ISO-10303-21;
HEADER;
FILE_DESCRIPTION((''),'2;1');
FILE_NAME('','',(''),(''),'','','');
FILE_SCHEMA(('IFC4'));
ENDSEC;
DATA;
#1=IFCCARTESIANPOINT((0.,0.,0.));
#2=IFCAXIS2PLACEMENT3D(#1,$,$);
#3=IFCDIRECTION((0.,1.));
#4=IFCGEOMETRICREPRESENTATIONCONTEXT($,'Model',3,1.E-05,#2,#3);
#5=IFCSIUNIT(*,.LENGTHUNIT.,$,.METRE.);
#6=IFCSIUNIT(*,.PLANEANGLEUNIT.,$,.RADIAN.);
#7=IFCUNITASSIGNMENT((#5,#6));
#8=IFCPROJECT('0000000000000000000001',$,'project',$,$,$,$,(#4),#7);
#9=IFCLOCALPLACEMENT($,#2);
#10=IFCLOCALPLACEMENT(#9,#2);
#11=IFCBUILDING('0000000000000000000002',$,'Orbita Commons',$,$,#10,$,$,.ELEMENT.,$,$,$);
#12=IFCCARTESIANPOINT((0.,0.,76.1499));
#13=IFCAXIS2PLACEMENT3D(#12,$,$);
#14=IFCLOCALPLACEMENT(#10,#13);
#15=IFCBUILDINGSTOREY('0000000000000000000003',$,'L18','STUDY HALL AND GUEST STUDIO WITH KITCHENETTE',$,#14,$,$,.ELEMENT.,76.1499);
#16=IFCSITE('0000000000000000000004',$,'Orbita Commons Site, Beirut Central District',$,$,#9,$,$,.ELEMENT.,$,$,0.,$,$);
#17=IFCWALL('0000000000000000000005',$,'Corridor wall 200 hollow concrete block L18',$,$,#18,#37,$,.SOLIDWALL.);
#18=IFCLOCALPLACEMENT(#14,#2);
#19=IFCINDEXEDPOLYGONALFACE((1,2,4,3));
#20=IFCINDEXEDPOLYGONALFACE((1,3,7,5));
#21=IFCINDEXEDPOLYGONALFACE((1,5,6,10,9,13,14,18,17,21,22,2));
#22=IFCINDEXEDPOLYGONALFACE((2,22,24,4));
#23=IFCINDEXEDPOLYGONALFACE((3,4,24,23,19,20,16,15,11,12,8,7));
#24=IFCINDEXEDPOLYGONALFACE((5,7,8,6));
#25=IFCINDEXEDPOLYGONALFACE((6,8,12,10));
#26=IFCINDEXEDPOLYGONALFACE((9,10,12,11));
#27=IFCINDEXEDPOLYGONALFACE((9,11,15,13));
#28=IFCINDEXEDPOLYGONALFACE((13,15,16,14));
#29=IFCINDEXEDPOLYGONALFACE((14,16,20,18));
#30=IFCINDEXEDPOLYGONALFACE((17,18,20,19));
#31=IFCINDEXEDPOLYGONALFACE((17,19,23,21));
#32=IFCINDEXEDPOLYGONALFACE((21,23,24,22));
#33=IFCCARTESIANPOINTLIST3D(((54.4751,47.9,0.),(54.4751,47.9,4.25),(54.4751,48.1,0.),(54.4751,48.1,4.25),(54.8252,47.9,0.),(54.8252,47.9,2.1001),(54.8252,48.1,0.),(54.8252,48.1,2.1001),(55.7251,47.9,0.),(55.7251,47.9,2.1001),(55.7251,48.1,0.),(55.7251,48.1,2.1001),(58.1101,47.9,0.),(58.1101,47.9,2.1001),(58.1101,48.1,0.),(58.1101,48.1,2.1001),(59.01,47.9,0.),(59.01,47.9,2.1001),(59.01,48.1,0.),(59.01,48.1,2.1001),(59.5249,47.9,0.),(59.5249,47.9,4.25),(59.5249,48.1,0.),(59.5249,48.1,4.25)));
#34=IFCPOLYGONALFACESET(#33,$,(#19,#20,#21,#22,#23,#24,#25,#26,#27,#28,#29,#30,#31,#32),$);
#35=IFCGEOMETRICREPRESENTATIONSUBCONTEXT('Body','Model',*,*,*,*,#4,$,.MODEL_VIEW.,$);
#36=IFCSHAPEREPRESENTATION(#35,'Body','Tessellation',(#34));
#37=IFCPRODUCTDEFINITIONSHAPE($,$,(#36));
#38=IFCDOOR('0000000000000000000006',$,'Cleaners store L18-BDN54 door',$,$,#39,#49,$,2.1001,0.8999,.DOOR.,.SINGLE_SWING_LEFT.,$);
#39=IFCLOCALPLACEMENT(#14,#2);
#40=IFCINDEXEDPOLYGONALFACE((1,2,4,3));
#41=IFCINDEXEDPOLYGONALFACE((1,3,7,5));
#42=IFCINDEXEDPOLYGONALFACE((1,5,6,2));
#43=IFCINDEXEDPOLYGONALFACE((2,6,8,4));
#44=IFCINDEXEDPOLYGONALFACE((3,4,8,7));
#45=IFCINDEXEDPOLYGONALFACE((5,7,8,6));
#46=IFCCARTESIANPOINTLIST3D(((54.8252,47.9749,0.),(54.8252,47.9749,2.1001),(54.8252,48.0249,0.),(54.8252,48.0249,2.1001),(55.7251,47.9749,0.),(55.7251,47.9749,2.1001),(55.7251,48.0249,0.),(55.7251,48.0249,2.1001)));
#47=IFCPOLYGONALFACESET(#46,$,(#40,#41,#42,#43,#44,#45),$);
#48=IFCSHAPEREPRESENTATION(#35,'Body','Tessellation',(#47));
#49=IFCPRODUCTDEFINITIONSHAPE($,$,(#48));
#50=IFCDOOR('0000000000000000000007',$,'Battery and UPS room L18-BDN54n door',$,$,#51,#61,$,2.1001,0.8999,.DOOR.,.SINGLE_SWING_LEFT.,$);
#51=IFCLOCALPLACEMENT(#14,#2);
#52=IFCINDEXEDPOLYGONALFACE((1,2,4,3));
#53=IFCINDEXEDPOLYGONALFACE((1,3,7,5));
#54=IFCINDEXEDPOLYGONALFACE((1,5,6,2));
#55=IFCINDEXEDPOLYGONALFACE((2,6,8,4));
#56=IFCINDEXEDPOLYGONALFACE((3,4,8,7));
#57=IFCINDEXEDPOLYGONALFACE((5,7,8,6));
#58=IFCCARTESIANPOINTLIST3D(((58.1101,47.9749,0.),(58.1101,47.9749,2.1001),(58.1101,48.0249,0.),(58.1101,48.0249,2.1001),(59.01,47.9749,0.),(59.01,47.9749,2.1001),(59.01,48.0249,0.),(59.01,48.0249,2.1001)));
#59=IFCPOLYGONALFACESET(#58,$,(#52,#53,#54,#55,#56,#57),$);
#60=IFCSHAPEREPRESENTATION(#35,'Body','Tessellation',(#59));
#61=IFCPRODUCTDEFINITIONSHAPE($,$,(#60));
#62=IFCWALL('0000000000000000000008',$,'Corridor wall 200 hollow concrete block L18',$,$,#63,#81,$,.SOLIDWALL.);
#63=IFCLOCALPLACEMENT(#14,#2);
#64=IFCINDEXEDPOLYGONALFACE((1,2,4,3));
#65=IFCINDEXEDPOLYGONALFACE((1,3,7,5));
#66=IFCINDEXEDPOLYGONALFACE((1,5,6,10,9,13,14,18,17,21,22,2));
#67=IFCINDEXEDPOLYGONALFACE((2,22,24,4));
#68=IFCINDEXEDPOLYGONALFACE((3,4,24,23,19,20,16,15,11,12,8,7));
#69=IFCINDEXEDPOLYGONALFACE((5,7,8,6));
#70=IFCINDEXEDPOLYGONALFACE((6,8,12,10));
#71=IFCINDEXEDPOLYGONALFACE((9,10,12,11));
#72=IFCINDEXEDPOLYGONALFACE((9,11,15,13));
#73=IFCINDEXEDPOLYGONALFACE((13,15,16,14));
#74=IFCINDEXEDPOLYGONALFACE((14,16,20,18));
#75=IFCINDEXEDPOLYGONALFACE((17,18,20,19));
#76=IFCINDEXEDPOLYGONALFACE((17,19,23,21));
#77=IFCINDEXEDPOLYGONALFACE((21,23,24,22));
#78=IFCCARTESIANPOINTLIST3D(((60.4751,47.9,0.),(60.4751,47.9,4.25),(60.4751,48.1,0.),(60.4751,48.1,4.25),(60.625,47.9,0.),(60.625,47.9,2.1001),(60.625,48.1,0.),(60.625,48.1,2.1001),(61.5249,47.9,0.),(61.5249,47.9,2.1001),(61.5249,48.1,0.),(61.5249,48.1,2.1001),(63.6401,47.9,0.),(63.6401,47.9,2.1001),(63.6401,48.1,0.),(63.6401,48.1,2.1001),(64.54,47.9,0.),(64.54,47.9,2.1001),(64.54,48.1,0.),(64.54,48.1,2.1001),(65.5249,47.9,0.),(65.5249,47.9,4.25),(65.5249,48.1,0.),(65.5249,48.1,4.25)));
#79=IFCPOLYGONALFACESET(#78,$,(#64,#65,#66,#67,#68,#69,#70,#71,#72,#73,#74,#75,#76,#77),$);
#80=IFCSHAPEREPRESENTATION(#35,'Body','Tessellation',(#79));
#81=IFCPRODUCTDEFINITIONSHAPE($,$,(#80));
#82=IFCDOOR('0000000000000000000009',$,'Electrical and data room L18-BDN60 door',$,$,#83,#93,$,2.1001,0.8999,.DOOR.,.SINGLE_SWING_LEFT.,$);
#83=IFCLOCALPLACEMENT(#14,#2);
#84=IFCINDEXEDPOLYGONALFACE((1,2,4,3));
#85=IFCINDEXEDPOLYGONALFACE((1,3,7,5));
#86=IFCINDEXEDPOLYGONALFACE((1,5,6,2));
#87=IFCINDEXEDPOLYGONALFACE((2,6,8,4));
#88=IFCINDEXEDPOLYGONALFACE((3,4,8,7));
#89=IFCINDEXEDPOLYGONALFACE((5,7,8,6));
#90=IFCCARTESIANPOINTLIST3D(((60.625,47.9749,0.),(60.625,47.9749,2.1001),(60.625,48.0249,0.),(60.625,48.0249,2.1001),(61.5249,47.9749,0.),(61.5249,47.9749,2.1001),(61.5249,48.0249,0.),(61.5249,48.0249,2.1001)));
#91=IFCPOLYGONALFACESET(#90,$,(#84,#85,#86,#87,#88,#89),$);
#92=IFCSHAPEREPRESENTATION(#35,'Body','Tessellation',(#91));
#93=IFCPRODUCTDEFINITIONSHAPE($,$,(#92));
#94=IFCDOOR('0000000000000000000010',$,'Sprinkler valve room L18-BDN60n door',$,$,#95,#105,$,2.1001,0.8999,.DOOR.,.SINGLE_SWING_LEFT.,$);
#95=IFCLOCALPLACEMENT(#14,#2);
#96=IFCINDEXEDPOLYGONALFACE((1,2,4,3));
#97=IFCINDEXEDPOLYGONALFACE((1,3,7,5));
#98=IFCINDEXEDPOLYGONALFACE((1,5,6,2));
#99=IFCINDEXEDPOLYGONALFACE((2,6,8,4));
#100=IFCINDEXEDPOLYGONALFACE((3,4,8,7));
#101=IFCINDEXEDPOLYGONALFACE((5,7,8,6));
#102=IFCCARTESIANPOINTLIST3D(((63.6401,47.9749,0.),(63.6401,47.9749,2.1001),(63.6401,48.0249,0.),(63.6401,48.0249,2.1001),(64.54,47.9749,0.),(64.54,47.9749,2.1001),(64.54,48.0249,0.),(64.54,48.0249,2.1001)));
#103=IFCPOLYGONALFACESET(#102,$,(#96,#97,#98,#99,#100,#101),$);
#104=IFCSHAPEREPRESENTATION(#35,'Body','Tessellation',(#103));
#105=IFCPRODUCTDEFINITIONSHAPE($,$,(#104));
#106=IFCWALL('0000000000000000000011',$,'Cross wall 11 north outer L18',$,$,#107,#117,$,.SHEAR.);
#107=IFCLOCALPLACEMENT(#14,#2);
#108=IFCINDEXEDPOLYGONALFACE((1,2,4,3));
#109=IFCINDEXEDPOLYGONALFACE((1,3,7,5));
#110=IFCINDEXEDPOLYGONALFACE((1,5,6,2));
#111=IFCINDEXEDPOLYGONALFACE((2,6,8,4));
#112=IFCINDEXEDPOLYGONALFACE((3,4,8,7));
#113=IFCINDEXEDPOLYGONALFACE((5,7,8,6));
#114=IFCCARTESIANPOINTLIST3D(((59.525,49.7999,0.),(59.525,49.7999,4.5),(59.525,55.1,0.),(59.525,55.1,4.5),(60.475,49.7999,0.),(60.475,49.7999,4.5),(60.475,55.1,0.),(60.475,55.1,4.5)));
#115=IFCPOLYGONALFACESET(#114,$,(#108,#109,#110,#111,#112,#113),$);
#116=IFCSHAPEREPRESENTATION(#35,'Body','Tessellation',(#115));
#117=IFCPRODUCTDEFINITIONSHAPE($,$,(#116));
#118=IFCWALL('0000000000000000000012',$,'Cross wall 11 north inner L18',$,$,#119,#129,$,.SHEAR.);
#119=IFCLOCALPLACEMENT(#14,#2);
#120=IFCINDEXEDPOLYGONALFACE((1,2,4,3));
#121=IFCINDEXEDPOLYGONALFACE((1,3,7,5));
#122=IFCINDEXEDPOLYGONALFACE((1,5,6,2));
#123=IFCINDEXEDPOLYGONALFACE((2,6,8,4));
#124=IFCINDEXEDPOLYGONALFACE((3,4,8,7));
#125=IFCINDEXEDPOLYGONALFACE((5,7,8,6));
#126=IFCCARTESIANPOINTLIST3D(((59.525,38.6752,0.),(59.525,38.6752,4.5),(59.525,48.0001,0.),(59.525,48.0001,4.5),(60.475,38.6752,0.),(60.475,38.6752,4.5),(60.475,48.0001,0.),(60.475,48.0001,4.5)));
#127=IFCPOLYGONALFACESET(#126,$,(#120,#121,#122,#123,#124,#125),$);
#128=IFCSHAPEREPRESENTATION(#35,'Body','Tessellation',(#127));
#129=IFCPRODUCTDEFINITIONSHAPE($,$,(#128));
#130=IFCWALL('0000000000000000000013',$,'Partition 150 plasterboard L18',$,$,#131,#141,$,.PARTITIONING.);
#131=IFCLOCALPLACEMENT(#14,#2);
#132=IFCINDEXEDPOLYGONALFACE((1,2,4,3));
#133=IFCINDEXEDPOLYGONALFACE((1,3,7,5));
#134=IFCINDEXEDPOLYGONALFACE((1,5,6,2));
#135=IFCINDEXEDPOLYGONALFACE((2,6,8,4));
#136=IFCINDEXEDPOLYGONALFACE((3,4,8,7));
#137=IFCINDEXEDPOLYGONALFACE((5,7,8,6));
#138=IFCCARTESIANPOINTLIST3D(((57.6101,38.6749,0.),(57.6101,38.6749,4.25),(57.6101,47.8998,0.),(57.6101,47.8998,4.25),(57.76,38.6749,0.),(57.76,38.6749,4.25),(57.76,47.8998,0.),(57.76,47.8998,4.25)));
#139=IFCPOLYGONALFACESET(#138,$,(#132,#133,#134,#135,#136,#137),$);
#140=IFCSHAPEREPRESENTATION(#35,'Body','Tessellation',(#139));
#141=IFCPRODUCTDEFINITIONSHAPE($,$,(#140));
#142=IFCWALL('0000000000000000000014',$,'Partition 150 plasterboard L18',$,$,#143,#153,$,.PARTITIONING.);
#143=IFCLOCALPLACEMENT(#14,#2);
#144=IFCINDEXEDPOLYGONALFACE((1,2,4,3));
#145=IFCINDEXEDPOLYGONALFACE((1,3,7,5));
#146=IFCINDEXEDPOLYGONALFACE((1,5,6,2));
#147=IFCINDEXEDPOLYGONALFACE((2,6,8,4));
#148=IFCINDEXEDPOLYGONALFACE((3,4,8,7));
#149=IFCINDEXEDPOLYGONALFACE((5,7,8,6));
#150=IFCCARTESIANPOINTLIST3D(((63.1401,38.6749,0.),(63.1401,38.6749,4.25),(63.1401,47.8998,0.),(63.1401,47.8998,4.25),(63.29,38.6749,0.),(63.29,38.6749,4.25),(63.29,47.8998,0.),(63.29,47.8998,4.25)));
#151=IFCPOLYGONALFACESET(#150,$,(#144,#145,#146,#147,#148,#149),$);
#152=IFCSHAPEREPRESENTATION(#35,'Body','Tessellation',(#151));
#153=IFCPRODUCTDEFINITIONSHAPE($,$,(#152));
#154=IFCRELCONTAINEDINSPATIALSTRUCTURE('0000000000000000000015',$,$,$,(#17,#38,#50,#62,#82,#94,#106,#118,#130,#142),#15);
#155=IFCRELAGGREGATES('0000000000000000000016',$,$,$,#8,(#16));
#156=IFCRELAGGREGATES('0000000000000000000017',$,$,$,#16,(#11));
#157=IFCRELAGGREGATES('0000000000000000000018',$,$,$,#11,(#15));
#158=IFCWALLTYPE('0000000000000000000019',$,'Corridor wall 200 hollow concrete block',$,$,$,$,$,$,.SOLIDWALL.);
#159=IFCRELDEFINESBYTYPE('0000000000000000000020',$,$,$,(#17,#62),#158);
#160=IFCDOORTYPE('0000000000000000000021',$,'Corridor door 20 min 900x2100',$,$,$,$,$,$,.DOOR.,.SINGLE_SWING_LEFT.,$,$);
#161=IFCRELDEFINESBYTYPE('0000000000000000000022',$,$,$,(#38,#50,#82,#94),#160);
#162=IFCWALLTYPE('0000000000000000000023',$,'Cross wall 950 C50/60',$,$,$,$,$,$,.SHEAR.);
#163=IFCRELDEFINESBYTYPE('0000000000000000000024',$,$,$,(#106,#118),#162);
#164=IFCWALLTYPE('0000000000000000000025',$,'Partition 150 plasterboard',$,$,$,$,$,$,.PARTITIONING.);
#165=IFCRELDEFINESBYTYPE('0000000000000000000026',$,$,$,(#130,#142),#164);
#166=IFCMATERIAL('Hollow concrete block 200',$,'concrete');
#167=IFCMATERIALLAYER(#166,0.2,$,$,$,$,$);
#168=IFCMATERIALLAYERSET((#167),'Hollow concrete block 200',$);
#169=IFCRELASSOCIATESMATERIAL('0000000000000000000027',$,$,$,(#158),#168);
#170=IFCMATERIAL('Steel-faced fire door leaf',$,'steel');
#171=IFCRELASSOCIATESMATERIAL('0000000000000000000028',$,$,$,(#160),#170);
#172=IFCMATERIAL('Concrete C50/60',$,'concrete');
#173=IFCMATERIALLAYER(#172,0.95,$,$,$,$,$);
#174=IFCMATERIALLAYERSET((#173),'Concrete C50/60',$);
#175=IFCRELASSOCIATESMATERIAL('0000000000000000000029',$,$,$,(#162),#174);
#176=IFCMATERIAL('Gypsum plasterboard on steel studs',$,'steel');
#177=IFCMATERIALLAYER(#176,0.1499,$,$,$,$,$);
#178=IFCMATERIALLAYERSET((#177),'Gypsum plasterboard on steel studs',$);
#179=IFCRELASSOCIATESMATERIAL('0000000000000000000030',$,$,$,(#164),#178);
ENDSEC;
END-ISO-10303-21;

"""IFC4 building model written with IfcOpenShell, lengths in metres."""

from ifc_helpers import new_model, si_unit, direction, frame, frame_2d, origin, place, context, subcontext, project, spatial, rectangle, extrude, material, layer, layer_set, type_object, element, fill, save


model = new_model("IFC4")

# Units and contexts
model_context = context("Model", 3, precision=1e-05, world=origin(), true_north=direction((0.0, 1.0)))
body_context = subcontext(model_context, "Body", "Model", "MODEL_VIEW")
ifc_project = project(units=[si_unit("LENGTHUNIT", "METRE"), si_unit("PLANEANGLEUNIT", "RADIAN")], contexts=[model_context])

# Site, building, storey
site_placement = place(None, origin())
site = spatial("IfcSite", under=ifc_project, at=site_placement, Name="Orbita Commons Site, Beirut Central District", CompositionType="ELEMENT", RefElevation=0.0)
building_placement = place(site_placement, origin())
building = spatial("IfcBuilding", under=site, at=building_placement, Name="Orbita Commons", CompositionType="ELEMENT")
storey_placement = place(building_placement, frame((0.0, 0.0, 76.1499)))
storey = spatial("IfcBuildingStorey", under=building, at=storey_placement, Name="L18", Description="STUDY HALL AND GUEST STUDIO WITH KITCHENETTE", CompositionType="ELEMENT", Elevation=76.1499)

# Walls, openings, doors
ifc_material_1 = material(Name="Hollow concrete block 200", Category="concrete")
ifc_layer_1 = layer(ifc_material_1, 0.2)
ifc_layer_set_1 = layer_set([ifc_layer_1], Name="Hollow concrete block 200")
wall_type_1 = type_object("IfcWallType", Name="Corridor wall 200 hollow concrete block", PredefinedType="SOLIDWALL", material=ifc_layer_set_1)
wall_1_placement = place(storey_placement, frame((54.4751, 48.0, 0.0), z_axis=(0.0, 0.0, 1.0), x_axis=(1.0, 0.0, 0.0)))
wall_1 = element("IfcWall", 1, at=wall_1_placement, inside=storey, type_object=wall_type_1, Name="Corridor wall 200 hollow concrete block L18", PredefinedType="SOLIDWALL", context=body_context, shape_type="SweptSolid", body=[
    extrude(rectangle(XDim=5.0498, YDim=0.2, at=frame_2d((2.5249, 0.0))), origin(), (0.0, 0.0, 1.0), 4.25),
])
opening_1_placement = place(wall_1_placement, frame((0.3501, 0.0, 0.0)))
opening_1 = element("IfcOpeningElement", 2, at=opening_1_placement, cuts=wall_1, PredefinedType="OPENING", context=body_context, shape_type="SweptSolid", body=[
    extrude(rectangle(XDim=0.8999, YDim=2.1001, at=frame_2d((0.45, 1.05))), frame((0.0, 0.1099, 0.0), z_axis=(0.0, -1.0, 0.0), x_axis=(1.0, 0.0, 0.0)), (0.0, 0.0, 1.0), 0.22),
])
opening_2_placement = place(wall_1_placement, frame((3.635, 0.0, 0.0)))
opening_2 = element("IfcOpeningElement", 3, at=opening_2_placement, cuts=wall_1, PredefinedType="OPENING", context=body_context, shape_type="SweptSolid", body=[
    extrude(rectangle(XDim=0.8999, YDim=2.1001, at=frame_2d((0.45, 1.05))), frame((0.0, 0.1099, 0.0), z_axis=(0.0, -1.0, 0.0), x_axis=(1.0, 0.0, 0.0)), (0.0, 0.0, 1.0), 0.22),
])
ifc_material_2 = material(Name="Steel-faced fire door leaf", Category="steel")
door_type_1 = type_object("IfcDoorType", Name="Corridor door 20 min 900x2100", OperationType="SINGLE_SWING_LEFT", PredefinedType="DOOR", material=ifc_material_2)
door_1_placement = place(opening_1_placement, origin())
door_1 = element("IfcDoor", 4, at=door_1_placement, inside=storey, type_object=door_type_1, Name="Cleaners store L18-BDN54 door", OperationType="SINGLE_SWING_LEFT", OverallHeight=2.1001, OverallWidth=0.8999, PredefinedType="DOOR", context=body_context, shape_type="SweptSolid", body=[
    extrude(rectangle(XDim=0.8999, YDim=2.1001, at=frame_2d((0.45, 1.05))), frame((0.0, 0.0249, 0.0), z_axis=(0.0, -1.0, 0.0), x_axis=(1.0, 0.0, 0.0)), (0.0, 0.0, 1.0), 0.05),
])
fill(opening_1, door_1)
door_2_placement = place(opening_2_placement, origin())
door_2 = element("IfcDoor", 5, at=door_2_placement, inside=storey, type_object=door_type_1, Name="Battery and UPS room L18-BDN54n door", OperationType="SINGLE_SWING_LEFT", OverallHeight=2.1001, OverallWidth=0.8999, PredefinedType="DOOR", context=body_context, shape_type="SweptSolid", body=[
    extrude(rectangle(XDim=0.8999, YDim=2.1001, at=frame_2d((0.45, 1.05))), frame((0.0, 0.0249, 0.0), z_axis=(0.0, -1.0, 0.0), x_axis=(1.0, 0.0, 0.0)), (0.0, 0.0, 1.0), 0.05),
])
fill(opening_2, door_2)
wall_2_placement = place(storey_placement, frame((60.4751, 48.0, 0.0), z_axis=(0.0, 0.0, 1.0), x_axis=(1.0, 0.0, 0.0)))
wall_2 = element("IfcWall", 6, at=wall_2_placement, inside=storey, type_object=wall_type_1, Name="Corridor wall 200 hollow concrete block L18", PredefinedType="SOLIDWALL", context=body_context, shape_type="SweptSolid", body=[
    extrude(rectangle(XDim=5.0498, YDim=0.2, at=frame_2d((2.5249, 0.0))), origin(), (0.0, 0.0, 1.0), 4.25),
])
opening_3_placement = place(wall_2_placement, frame((0.1499, 0.0, 0.0)))
opening_3 = element("IfcOpeningElement", 7, at=opening_3_placement, cuts=wall_2, PredefinedType="OPENING", context=body_context, shape_type="SweptSolid", body=[
    extrude(rectangle(XDim=0.8999, YDim=2.1001, at=frame_2d((0.45, 1.05))), frame((0.0, 0.1099, 0.0), z_axis=(0.0, -1.0, 0.0), x_axis=(1.0, 0.0, 0.0)), (0.0, 0.0, 1.0), 0.22),
])
opening_4_placement = place(wall_2_placement, frame((3.165, 0.0, 0.0)))
opening_4 = element("IfcOpeningElement", 8, at=opening_4_placement, cuts=wall_2, PredefinedType="OPENING", context=body_context, shape_type="SweptSolid", body=[
    extrude(rectangle(XDim=0.8999, YDim=2.1001, at=frame_2d((0.45, 1.05))), frame((0.0, 0.1099, 0.0), z_axis=(0.0, -1.0, 0.0), x_axis=(1.0, 0.0, 0.0)), (0.0, 0.0, 1.0), 0.22),
])
door_3_placement = place(opening_3_placement, origin())
door_3 = element("IfcDoor", 9, at=door_3_placement, inside=storey, type_object=door_type_1, Name="Electrical and data room L18-BDN60 door", OperationType="SINGLE_SWING_LEFT", OverallHeight=2.1001, OverallWidth=0.8999, PredefinedType="DOOR", context=body_context, shape_type="SweptSolid", body=[
    extrude(rectangle(XDim=0.8999, YDim=2.1001, at=frame_2d((0.45, 1.05))), frame((0.0, 0.0249, 0.0), z_axis=(0.0, -1.0, 0.0), x_axis=(1.0, 0.0, 0.0)), (0.0, 0.0, 1.0), 0.05),
])
fill(opening_3, door_3)
door_4_placement = place(opening_4_placement, origin())
door_4 = element("IfcDoor", 10, at=door_4_placement, inside=storey, type_object=door_type_1, Name="Sprinkler valve room L18-BDN60n door", OperationType="SINGLE_SWING_LEFT", OverallHeight=2.1001, OverallWidth=0.8999, PredefinedType="DOOR", context=body_context, shape_type="SweptSolid", body=[
    extrude(rectangle(XDim=0.8999, YDim=2.1001, at=frame_2d((0.45, 1.05))), frame((0.0, 0.0249, 0.0), z_axis=(0.0, -1.0, 0.0), x_axis=(1.0, 0.0, 0.0)), (0.0, 0.0, 1.0), 0.05),
])
fill(opening_4, door_4)

# Walls
ifc_material_3 = material(Name="Concrete C50/60", Category="concrete")
ifc_layer_2 = layer(ifc_material_3, 0.95)
ifc_layer_set_2 = layer_set([ifc_layer_2], Name="Concrete C50/60")
wall_type_2 = type_object("IfcWallType", Name="Cross wall 950 C50/60", PredefinedType="SHEAR", material=ifc_layer_set_2)
wall_3_placement = place(storey_placement, frame((60.0, 49.8, 0.0), z_axis=(0.0, 0.0, 1.0), x_axis=(0.0, 1.0, 0.0)))
element("IfcWall", 11, at=wall_3_placement, inside=storey, type_object=wall_type_2, Name="Cross wall 11 north outer L18", PredefinedType="SHEAR", context=body_context, shape_type="SweptSolid", body=[
    extrude(rectangle(XDim=5.3, YDim=0.95, at=frame_2d((2.6499, 0.0))), origin(), (0.0, 0.0, 1.0), 4.5),
])
wall_4_placement = place(storey_placement, frame((60.0, 38.675, 0.0), z_axis=(0.0, 0.0, 1.0), x_axis=(0.0, 1.0, 0.0)))
element("IfcWall", 12, at=wall_4_placement, inside=storey, type_object=wall_type_2, Name="Cross wall 11 north inner L18", PredefinedType="SHEAR", context=body_context, shape_type="SweptSolid", body=[
    extrude(rectangle(XDim=9.325, YDim=0.95, at=frame_2d((4.6626, 0.0))), origin(), (0.0, 0.0, 1.0), 4.5),
])
ifc_material_4 = material(Name="Gypsum plasterboard on steel studs", Category="steel")
ifc_layer_3 = layer(ifc_material_4, 0.1499)
ifc_layer_set_3 = layer_set([ifc_layer_3], Name="Gypsum plasterboard on steel studs")
wall_type_3 = type_object("IfcWallType", Name="Partition 150 plasterboard", PredefinedType="PARTITIONING", material=ifc_layer_set_3)
for number, where, z_axis, x_axis, name in (
    (13, (57.6851, 38.675, 0.0), (0.0, 0.0, 1.0), (0.0, 1.0, 0.0), "Partition 150 plasterboard L18"),
    (14, (63.2151, 38.675, 0.0), (0.0, 0.0, 1.0), (0.0, 1.0, 0.0), "Partition 150 plasterboard L18"),
):
    element("IfcWall", number, at=place(storey_placement, frame(where, z_axis=z_axis, x_axis=x_axis)), inside=storey, type_object=wall_type_3, Name=name, PredefinedType="PARTITIONING", context=body_context, shape_type="SweptSolid", body=[
        extrude(rectangle(XDim=9.2249, YDim=0.1499, at=frame_2d((4.6123, 0.0))), origin(), (0.0, 0.0, 1.0), 4.25),
    ])

save(model, "model.ifc")
